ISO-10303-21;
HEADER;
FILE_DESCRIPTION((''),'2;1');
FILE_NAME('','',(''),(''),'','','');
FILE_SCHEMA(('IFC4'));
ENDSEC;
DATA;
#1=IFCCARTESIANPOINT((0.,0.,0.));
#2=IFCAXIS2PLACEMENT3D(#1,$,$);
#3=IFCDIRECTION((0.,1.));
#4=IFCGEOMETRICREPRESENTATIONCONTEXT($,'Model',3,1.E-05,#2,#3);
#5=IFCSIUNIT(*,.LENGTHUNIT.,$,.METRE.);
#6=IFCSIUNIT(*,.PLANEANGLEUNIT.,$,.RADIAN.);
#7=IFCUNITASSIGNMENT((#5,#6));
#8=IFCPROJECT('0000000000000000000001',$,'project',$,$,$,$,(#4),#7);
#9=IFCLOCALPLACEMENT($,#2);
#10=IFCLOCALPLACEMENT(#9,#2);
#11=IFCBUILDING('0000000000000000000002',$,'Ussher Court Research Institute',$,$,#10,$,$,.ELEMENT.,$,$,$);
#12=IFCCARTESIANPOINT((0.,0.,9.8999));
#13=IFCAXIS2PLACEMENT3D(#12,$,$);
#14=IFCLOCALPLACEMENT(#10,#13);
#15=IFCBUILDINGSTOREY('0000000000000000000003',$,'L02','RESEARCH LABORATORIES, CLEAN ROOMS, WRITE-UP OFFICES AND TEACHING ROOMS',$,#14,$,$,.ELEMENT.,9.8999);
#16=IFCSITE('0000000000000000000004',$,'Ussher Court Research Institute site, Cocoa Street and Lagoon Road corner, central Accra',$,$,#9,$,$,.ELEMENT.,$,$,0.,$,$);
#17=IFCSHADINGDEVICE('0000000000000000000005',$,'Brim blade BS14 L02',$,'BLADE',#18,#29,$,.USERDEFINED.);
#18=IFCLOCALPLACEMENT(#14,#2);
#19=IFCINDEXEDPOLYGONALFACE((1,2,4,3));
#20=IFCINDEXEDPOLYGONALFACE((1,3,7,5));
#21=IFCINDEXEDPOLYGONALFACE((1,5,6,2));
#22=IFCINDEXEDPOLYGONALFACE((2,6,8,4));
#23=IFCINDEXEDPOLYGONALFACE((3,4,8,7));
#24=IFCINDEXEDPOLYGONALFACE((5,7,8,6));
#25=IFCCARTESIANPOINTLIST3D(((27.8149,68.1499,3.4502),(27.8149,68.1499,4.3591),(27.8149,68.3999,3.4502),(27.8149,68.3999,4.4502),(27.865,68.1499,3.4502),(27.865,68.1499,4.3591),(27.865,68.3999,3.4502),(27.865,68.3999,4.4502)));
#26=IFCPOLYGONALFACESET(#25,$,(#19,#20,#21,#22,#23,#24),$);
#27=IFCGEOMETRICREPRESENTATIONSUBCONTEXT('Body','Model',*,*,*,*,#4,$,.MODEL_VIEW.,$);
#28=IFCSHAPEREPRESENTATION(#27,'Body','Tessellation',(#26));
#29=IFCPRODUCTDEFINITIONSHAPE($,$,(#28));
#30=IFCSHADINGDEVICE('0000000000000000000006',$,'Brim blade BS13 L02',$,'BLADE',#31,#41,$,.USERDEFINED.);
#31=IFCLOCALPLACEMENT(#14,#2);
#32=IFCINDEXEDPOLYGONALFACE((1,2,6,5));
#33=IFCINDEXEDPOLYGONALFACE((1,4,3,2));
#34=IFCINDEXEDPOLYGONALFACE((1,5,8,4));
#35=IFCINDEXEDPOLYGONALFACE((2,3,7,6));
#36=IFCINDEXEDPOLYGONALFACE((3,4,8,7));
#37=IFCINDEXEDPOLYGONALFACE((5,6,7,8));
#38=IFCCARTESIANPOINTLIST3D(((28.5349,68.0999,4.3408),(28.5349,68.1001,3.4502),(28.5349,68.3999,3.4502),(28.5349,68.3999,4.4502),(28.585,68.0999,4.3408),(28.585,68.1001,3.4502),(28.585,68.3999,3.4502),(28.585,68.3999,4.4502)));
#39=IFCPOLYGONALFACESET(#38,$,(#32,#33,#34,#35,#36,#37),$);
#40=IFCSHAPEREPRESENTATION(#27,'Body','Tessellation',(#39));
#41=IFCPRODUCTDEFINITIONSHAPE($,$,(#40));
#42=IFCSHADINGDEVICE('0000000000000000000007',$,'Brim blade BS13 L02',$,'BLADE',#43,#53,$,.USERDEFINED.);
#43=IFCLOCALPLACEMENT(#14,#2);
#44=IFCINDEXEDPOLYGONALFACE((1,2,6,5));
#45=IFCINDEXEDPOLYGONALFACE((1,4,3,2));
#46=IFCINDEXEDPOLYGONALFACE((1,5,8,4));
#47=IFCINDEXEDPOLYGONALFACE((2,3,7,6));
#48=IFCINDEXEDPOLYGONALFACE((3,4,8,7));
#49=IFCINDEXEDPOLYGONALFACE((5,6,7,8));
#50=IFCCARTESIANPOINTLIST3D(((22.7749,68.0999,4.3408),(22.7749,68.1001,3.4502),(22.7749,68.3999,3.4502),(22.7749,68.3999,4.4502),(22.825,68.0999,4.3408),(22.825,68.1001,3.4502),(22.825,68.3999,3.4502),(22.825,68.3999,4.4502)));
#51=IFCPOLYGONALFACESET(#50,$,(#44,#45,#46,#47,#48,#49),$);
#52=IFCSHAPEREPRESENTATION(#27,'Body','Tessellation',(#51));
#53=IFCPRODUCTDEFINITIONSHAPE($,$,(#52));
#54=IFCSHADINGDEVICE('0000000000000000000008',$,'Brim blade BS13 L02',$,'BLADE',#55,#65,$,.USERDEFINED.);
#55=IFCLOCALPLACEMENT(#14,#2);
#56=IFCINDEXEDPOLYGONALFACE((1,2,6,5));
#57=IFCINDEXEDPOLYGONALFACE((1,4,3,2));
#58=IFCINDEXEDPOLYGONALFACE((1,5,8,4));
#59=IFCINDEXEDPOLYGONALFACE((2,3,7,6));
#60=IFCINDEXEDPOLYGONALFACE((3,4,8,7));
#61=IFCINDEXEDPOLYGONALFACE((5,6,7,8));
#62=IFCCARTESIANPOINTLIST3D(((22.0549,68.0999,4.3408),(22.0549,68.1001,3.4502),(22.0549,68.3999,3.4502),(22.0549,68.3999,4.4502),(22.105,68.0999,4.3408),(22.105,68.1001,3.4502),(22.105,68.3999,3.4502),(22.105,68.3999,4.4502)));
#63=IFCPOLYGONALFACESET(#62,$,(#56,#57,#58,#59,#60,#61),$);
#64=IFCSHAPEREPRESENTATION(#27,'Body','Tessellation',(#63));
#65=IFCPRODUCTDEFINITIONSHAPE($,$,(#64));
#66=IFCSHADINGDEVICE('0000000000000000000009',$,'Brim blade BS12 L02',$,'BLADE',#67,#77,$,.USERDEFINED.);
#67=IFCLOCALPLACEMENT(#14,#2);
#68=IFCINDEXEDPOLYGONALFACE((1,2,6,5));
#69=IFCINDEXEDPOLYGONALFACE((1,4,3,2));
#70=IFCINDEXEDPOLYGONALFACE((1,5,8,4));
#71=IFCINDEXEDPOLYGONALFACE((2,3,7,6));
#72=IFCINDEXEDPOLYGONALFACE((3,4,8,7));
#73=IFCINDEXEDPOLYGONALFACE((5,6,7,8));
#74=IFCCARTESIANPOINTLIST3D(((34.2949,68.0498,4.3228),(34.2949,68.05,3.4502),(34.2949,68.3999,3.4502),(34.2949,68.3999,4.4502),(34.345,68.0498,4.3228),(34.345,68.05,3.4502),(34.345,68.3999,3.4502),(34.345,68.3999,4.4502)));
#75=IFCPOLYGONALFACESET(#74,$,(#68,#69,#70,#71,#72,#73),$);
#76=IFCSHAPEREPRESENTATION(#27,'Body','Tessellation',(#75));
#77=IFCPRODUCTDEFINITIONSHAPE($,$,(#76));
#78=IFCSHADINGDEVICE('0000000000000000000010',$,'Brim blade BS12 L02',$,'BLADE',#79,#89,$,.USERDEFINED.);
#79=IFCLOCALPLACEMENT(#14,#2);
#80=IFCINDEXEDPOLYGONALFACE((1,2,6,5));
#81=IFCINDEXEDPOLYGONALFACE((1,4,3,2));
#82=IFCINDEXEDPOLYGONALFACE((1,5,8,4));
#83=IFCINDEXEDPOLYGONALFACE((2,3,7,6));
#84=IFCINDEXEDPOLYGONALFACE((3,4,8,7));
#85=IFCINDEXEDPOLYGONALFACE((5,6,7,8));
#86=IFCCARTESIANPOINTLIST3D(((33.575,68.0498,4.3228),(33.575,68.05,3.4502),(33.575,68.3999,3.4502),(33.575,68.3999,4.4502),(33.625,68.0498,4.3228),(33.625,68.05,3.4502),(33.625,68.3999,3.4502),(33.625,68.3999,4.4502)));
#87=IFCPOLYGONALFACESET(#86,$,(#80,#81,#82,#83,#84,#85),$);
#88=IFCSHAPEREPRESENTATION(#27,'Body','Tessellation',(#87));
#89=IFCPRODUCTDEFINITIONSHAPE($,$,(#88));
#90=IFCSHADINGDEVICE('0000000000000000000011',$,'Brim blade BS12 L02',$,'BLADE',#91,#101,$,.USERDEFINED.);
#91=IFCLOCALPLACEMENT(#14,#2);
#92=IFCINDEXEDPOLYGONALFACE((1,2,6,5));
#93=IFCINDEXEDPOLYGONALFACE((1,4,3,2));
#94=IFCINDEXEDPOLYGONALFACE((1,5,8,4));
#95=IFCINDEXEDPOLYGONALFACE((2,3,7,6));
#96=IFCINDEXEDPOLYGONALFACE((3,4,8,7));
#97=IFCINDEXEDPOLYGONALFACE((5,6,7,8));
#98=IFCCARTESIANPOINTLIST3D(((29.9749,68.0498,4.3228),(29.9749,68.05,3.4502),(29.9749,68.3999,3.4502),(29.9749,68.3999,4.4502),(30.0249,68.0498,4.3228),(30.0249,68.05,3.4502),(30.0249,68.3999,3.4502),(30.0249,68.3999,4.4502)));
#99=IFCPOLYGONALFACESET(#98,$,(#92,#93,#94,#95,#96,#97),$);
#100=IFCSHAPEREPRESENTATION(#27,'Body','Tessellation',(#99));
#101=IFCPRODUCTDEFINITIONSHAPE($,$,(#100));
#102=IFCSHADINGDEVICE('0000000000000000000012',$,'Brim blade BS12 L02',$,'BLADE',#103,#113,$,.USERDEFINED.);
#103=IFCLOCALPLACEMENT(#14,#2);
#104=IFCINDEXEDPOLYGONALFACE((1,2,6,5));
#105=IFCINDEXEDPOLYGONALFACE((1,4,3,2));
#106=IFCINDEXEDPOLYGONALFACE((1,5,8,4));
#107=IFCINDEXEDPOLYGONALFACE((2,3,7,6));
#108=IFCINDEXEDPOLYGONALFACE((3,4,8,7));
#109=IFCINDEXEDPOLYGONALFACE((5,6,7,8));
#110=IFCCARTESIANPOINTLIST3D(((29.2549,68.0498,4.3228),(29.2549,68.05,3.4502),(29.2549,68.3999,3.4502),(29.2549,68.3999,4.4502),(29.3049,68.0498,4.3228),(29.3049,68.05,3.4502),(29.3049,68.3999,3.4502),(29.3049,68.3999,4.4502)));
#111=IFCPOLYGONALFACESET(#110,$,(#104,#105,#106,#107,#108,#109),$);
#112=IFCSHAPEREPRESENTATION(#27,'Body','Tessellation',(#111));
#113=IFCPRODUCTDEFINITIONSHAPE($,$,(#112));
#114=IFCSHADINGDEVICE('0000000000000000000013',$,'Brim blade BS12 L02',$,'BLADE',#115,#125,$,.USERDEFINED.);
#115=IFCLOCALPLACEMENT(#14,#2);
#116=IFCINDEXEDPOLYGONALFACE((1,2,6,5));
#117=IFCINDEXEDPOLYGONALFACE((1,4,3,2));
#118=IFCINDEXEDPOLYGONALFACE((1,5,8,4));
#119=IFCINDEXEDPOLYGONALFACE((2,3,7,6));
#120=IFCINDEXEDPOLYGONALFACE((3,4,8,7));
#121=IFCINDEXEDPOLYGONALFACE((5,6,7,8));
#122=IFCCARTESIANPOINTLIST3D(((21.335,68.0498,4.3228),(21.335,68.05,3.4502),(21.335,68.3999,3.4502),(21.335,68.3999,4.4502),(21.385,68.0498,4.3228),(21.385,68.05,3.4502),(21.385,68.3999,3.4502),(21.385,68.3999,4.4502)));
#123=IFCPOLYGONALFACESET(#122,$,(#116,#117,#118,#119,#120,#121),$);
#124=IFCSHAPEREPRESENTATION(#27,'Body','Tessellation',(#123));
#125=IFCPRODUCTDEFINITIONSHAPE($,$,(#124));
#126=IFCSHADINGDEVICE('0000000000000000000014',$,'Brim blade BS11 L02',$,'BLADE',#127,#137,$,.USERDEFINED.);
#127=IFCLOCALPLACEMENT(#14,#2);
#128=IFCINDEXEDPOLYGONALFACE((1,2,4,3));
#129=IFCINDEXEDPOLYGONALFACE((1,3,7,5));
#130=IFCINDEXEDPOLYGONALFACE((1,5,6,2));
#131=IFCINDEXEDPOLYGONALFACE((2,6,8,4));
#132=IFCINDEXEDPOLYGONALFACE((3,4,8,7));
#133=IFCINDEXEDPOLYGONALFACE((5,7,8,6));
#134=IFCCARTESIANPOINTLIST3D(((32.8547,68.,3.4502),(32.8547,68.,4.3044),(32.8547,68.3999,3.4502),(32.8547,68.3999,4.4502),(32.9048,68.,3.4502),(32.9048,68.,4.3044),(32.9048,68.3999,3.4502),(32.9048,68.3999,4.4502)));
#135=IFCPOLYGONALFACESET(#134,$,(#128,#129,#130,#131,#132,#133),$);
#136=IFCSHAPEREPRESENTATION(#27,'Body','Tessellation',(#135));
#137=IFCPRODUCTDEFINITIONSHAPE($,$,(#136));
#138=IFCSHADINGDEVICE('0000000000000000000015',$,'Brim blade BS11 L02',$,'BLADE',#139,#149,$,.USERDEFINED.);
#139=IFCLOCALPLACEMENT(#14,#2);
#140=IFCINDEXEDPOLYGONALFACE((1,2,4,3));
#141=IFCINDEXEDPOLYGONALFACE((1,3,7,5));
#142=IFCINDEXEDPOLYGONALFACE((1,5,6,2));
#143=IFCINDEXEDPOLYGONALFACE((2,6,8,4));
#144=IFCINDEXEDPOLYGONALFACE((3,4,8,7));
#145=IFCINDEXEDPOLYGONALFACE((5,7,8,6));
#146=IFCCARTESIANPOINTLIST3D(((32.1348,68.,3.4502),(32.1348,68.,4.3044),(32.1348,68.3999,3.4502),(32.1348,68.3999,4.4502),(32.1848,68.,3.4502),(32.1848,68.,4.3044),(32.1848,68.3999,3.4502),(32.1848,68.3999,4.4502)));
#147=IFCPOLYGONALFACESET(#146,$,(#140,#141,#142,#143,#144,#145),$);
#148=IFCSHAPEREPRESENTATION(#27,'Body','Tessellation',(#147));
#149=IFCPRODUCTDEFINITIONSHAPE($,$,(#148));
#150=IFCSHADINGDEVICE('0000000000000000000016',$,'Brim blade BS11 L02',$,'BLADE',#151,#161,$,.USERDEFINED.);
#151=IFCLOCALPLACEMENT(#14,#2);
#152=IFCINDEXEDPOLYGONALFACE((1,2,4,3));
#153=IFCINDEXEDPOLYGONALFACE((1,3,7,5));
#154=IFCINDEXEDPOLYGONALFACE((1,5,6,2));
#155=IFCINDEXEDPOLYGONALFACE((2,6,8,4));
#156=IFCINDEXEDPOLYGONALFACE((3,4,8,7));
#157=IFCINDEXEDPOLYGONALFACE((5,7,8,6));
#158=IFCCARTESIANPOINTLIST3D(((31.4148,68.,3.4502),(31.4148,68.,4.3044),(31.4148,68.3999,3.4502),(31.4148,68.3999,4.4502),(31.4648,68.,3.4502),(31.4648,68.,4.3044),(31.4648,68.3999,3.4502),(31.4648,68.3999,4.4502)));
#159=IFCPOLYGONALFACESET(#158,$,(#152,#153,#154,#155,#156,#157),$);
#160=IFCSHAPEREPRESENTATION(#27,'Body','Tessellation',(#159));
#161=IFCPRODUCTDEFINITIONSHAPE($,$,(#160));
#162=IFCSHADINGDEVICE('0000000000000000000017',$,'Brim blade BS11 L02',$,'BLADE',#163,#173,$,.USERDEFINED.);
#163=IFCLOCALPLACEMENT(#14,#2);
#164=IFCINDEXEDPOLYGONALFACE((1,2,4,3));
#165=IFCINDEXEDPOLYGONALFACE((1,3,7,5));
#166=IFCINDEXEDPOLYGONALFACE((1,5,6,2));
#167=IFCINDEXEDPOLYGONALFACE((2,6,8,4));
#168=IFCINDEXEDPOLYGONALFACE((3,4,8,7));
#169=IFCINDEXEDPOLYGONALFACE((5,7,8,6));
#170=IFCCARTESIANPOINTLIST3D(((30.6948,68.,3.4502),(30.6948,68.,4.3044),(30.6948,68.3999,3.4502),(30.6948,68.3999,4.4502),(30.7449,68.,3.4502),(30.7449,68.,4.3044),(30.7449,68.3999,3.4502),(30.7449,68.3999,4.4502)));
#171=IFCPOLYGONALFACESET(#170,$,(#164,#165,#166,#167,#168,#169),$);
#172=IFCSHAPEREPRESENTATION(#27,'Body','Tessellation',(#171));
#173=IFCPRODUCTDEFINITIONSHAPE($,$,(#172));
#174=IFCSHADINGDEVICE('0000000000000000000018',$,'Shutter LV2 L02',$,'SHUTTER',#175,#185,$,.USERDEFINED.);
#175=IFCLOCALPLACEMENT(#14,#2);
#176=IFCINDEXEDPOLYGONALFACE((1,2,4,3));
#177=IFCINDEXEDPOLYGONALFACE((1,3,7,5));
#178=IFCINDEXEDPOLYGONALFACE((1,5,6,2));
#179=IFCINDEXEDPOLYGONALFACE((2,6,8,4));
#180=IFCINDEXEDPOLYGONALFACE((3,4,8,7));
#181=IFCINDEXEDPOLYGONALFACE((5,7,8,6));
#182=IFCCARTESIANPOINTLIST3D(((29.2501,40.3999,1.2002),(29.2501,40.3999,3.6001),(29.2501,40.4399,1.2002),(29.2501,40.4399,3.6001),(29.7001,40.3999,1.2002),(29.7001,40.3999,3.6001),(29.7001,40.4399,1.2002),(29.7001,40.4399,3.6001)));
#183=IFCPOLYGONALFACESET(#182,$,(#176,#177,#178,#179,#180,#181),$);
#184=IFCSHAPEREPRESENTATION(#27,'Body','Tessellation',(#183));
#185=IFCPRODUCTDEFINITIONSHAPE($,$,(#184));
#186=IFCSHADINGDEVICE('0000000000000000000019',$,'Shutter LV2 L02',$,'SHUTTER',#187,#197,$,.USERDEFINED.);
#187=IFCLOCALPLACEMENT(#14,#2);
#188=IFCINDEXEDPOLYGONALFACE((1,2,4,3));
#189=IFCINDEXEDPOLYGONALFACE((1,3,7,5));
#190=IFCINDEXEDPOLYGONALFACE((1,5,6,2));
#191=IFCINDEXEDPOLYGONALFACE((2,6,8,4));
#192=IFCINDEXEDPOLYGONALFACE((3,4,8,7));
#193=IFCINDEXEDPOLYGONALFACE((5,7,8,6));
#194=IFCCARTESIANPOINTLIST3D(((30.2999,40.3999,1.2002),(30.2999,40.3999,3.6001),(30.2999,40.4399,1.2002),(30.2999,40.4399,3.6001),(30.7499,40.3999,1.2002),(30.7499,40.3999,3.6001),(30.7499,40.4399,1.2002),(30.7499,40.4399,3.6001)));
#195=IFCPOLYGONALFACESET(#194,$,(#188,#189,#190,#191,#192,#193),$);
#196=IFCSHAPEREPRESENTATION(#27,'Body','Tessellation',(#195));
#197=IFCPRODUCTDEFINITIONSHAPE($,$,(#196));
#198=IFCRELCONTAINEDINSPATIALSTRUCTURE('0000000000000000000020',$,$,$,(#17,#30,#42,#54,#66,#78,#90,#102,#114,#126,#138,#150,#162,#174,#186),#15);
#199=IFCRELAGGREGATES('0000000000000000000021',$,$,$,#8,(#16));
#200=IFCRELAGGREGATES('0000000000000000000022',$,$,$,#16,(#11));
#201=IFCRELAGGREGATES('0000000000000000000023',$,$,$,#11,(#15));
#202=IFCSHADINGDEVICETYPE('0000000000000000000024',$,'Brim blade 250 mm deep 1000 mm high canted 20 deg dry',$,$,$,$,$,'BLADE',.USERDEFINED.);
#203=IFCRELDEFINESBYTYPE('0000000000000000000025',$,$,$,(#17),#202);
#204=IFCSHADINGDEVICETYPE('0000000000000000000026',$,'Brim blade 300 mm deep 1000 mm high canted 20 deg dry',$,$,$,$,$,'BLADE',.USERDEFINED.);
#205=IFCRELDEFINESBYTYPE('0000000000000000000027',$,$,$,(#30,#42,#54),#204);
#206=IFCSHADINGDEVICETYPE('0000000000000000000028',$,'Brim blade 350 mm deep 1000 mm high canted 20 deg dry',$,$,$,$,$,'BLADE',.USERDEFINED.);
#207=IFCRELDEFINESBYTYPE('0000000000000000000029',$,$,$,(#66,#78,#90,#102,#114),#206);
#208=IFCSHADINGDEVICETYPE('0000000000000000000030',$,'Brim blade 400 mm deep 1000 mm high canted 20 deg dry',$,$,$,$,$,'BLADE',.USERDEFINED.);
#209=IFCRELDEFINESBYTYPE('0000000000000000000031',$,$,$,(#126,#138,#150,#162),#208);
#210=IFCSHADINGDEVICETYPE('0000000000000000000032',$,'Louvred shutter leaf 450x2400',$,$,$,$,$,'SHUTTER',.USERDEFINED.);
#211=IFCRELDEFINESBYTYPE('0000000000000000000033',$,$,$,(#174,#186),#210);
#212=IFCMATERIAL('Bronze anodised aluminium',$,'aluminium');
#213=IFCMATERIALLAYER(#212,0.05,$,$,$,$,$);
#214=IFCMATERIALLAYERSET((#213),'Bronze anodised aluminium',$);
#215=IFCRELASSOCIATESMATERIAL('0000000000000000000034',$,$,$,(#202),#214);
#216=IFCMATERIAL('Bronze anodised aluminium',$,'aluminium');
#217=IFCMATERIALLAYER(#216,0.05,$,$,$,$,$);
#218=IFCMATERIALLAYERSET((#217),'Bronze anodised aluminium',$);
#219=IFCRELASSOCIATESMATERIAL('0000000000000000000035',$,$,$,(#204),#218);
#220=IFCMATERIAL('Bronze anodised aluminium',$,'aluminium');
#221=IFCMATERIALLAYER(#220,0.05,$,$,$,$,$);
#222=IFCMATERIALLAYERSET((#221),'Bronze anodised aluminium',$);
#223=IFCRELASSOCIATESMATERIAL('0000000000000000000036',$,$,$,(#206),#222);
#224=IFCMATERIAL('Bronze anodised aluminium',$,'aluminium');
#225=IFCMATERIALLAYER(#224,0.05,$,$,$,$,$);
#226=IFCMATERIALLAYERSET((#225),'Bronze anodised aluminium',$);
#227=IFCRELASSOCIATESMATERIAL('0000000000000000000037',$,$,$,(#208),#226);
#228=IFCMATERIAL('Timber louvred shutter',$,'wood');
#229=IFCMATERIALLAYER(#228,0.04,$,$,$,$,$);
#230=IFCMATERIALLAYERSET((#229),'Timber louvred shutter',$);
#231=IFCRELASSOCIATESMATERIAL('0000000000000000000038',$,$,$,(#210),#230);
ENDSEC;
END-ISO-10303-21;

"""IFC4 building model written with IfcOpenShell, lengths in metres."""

from ifc_helpers import new_model, si_unit, direction, frame, origin, origin_2d, place, context, subcontext, project, spatial, polyline, rectangle, outline, extrude, material, layer, layer_set, type_object, element, save


model = new_model("IFC4")

# Units and contexts
model_context = context("Model", 3, precision=1e-05, world=origin(), true_north=direction((0.0, 1.0)))
body_context = subcontext(model_context, "Body", "Model", "MODEL_VIEW")
ifc_project = project(units=[si_unit("LENGTHUNIT", "METRE"), si_unit("PLANEANGLEUNIT", "RADIAN")], contexts=[model_context])

# Site, building, storey
site_placement = place(None, origin())
site = spatial("IfcSite", under=ifc_project, at=site_placement, Name="Ussher Court Research Institute site, Cocoa Street and Lagoon Road corner, central Accra", CompositionType="ELEMENT", RefElevation=0.0)
building_placement = place(site_placement, origin())
building = spatial("IfcBuilding", under=site, at=building_placement, Name="Ussher Court Research Institute", CompositionType="ELEMENT")
storey_placement = place(building_placement, frame((0.0, 0.0, 9.8999)))
storey = spatial("IfcBuildingStorey", under=building, at=storey_placement, Name="L02", Description="RESEARCH LABORATORIES, CLEAN ROOMS, WRITE-UP OFFICES AND TEACHING ROOMS", CompositionType="ELEMENT", Elevation=9.8999)

# Shading devices
ifc_material_1 = material(Name="Bronze anodised aluminium", Category="aluminium")
ifc_layer_1 = layer(ifc_material_1, 0.05)
ifc_layer_set_1 = layer_set([ifc_layer_1], Name="Bronze anodised aluminium")
shading_device_type_1 = type_object("IfcShadingDeviceType", Name="Brim blade 250 mm deep 1000 mm high canted 20 deg dry", ElementType="BLADE", PredefinedType="USERDEFINED", material=ifc_layer_set_1)
shading_device_1_placement = place(storey_placement, frame((27.8401, 68.3999, 3.4502), z_axis=(0.0, 0.0, 1.0), x_axis=(0.0, -1.0, 0.0)))
element("IfcShadingDevice", 1, at=shading_device_1_placement, inside=storey, type_object=shading_device_type_1, Name="Brim blade BS14 L02", ObjectType="BLADE", PredefinedType="USERDEFINED", context=body_context, shape_type="SweptSolid", body=[
    extrude(outline(polyline([(0.0, 0.0), (0.25, 0.0), (0.25, 0.9089), (0.0, 1.0), (0.0, 0.0)])), frame((0.0, 0.0249, 0.0), z_axis=(0.0, -1.0, 0.0), x_axis=(1.0, 0.0, 0.0)), (0.0, 0.0, 1.0), 0.05),
])
ifc_material_2 = material(Name="Bronze anodised aluminium", Category="aluminium")
ifc_layer_2 = layer(ifc_material_2, 0.05)
ifc_layer_set_2 = layer_set([ifc_layer_2], Name="Bronze anodised aluminium")
shading_device_type_2 = type_object("IfcShadingDeviceType", Name="Brim blade 300 mm deep 1000 mm high canted 20 deg dry", ElementType="BLADE", PredefinedType="USERDEFINED", material=ifc_layer_set_2)
for number, where, z_axis, x_axis, name in (
    (2, (28.5601, 68.3999, 3.4502), (0.0, 0.0, 1.0), (0.0, -1.0, 0.0), "Brim blade BS13 L02"),
    (3, (22.8, 68.3999, 3.4502), (0.0, 0.0, 1.0), (0.0, -1.0, 0.0), "Brim blade BS13 L02"),
    (4, (22.0801, 68.3999, 3.4502), (0.0, 0.0, 1.0), (0.0, -1.0, 0.0), "Brim blade BS13 L02"),
):
    element("IfcShadingDevice", number, at=place(storey_placement, frame(where, z_axis=z_axis, x_axis=x_axis)), inside=storey, type_object=shading_device_type_2, Name=name, ObjectType="BLADE", PredefinedType="USERDEFINED", context=body_context, shape_type="SweptSolid", body=[
        extrude(outline(polyline([(0.0, 0.0), (0.2998, 0.0), (0.3, 0.8906), (0.0, 1.0), (0.0, 0.0)])), frame((0.0, 0.0249, 0.0), z_axis=(0.0, -1.0, 0.0), x_axis=(1.0, 0.0, 0.0)), (0.0, 0.0, 1.0), 0.05),
    ])
ifc_material_3 = material(Name="Bronze anodised aluminium", Category="aluminium")
ifc_layer_3 = layer(ifc_material_3, 0.05)
ifc_layer_set_3 = layer_set([ifc_layer_3], Name="Bronze anodised aluminium")
shading_device_type_3 = type_object("IfcShadingDeviceType", Name="Brim blade 350 mm deep 1000 mm high canted 20 deg dry", ElementType="BLADE", PredefinedType="USERDEFINED", material=ifc_layer_set_3)
for number, where, z_axis, x_axis, name in (
    (5, (34.3201, 68.3999, 3.4502), (0.0, 0.0, 1.0), (0.0, -1.0, 0.0), "Brim blade BS12 L02"),
    (6, (33.6001, 68.3999, 3.4502), (0.0, 0.0, 1.0), (0.0, -1.0, 0.0), "Brim blade BS12 L02"),
    (7, (30.0, 68.3999, 3.4502), (0.0, 0.0, 1.0), (0.0, -1.0, 0.0), "Brim blade BS12 L02"),
    (8, (29.28, 68.3999, 3.4502), (0.0, 0.0, 1.0), (0.0, -1.0, 0.0), "Brim blade BS12 L02"),
    (9, (21.3601, 68.3999, 3.4502), (0.0, 0.0, 1.0), (0.0, -1.0, 0.0), "Brim blade BS12 L02"),
):
    element("IfcShadingDevice", number, at=place(storey_placement, frame(where, z_axis=z_axis, x_axis=x_axis)), inside=storey, type_object=shading_device_type_3, Name=name, ObjectType="BLADE", PredefinedType="USERDEFINED", context=body_context, shape_type="SweptSolid", body=[
        extrude(outline(polyline([(0.0, 0.0), (0.3499, 0.0), (0.3501, 0.8726), (0.0, 1.0), (0.0, 0.0)])), frame((0.0, 0.0249, 0.0), z_axis=(0.0, -1.0, 0.0), x_axis=(1.0, 0.0, 0.0)), (0.0, 0.0, 1.0), 0.05),
    ])
ifc_material_4 = material(Name="Bronze anodised aluminium", Category="aluminium")
ifc_layer_4 = layer(ifc_material_4, 0.05)
ifc_layer_set_4 = layer_set([ifc_layer_4], Name="Bronze anodised aluminium")
shading_device_type_4 = type_object("IfcShadingDeviceType", Name="Brim blade 400 mm deep 1000 mm high canted 20 deg dry", ElementType="BLADE", PredefinedType="USERDEFINED", material=ifc_layer_set_4)
for number, where, z_axis, x_axis, name in (
    (10, (32.8799, 68.3999, 3.4502), (0.0, 0.0, 1.0), (0.0, -1.0, 0.0), "Brim blade BS11 L02"),
    (11, (32.1599, 68.3999, 3.4502), (0.0, 0.0, 1.0), (0.0, -1.0, 0.0), "Brim blade BS11 L02"),
    (12, (31.4399, 68.3999, 3.4502), (0.0, 0.0, 1.0), (0.0, -1.0, 0.0), "Brim blade BS11 L02"),
    (13, (30.72, 68.3999, 3.4502), (0.0, 0.0, 1.0), (0.0, -1.0, 0.0), "Brim blade BS11 L02"),
):
    element("IfcShadingDevice", number, at=place(storey_placement, frame(where, z_axis=z_axis, x_axis=x_axis)), inside=storey, type_object=shading_device_type_4, Name=name, ObjectType="BLADE", PredefinedType="USERDEFINED", context=body_context, shape_type="SweptSolid", body=[
        extrude(outline(polyline([(0.0, 0.0), (0.3999, 0.0), (0.3999, 0.8542), (0.0, 1.0), (0.0, 0.0)])), frame((0.0, 0.0249, 0.0), z_axis=(0.0, -1.0, 0.0), x_axis=(1.0, 0.0, 0.0)), (0.0, 0.0, 1.0), 0.05),
    ])
ifc_material_5 = material(Name="Timber louvred shutter", Category="wood")
ifc_layer_5 = layer(ifc_material_5, 0.04)
ifc_layer_set_5 = layer_set([ifc_layer_5], Name="Timber louvred shutter")
shading_device_type_5 = type_object("IfcShadingDeviceType", Name="Louvred shutter leaf 450x2400", ElementType="SHUTTER", PredefinedType="USERDEFINED", material=ifc_layer_set_5)
for number, where, z_axis, x_axis, name in (
    (14, (29.4751, 40.4199, 1.2002), (0.0, 0.0, 1.0), (1.0, 0.0, 0.0), "Shutter LV2 L02"),
    (15, (30.5249, 40.4199, 1.2002), (0.0, 0.0, 1.0), (1.0, 0.0, 0.0), "Shutter LV2 L02"),
):
    element("IfcShadingDevice", number, at=place(storey_placement, frame(where, z_axis=z_axis, x_axis=x_axis)), inside=storey, type_object=shading_device_type_5, Name=name, ObjectType="SHUTTER", PredefinedType="USERDEFINED", context=body_context, shape_type="SweptSolid", body=[
        extrude(rectangle(XDim=0.45, YDim=0.04, at=origin_2d()), origin(), (0.0, 0.0, 1.0), 2.3999),
    ])

save(model, "model.ifc")
